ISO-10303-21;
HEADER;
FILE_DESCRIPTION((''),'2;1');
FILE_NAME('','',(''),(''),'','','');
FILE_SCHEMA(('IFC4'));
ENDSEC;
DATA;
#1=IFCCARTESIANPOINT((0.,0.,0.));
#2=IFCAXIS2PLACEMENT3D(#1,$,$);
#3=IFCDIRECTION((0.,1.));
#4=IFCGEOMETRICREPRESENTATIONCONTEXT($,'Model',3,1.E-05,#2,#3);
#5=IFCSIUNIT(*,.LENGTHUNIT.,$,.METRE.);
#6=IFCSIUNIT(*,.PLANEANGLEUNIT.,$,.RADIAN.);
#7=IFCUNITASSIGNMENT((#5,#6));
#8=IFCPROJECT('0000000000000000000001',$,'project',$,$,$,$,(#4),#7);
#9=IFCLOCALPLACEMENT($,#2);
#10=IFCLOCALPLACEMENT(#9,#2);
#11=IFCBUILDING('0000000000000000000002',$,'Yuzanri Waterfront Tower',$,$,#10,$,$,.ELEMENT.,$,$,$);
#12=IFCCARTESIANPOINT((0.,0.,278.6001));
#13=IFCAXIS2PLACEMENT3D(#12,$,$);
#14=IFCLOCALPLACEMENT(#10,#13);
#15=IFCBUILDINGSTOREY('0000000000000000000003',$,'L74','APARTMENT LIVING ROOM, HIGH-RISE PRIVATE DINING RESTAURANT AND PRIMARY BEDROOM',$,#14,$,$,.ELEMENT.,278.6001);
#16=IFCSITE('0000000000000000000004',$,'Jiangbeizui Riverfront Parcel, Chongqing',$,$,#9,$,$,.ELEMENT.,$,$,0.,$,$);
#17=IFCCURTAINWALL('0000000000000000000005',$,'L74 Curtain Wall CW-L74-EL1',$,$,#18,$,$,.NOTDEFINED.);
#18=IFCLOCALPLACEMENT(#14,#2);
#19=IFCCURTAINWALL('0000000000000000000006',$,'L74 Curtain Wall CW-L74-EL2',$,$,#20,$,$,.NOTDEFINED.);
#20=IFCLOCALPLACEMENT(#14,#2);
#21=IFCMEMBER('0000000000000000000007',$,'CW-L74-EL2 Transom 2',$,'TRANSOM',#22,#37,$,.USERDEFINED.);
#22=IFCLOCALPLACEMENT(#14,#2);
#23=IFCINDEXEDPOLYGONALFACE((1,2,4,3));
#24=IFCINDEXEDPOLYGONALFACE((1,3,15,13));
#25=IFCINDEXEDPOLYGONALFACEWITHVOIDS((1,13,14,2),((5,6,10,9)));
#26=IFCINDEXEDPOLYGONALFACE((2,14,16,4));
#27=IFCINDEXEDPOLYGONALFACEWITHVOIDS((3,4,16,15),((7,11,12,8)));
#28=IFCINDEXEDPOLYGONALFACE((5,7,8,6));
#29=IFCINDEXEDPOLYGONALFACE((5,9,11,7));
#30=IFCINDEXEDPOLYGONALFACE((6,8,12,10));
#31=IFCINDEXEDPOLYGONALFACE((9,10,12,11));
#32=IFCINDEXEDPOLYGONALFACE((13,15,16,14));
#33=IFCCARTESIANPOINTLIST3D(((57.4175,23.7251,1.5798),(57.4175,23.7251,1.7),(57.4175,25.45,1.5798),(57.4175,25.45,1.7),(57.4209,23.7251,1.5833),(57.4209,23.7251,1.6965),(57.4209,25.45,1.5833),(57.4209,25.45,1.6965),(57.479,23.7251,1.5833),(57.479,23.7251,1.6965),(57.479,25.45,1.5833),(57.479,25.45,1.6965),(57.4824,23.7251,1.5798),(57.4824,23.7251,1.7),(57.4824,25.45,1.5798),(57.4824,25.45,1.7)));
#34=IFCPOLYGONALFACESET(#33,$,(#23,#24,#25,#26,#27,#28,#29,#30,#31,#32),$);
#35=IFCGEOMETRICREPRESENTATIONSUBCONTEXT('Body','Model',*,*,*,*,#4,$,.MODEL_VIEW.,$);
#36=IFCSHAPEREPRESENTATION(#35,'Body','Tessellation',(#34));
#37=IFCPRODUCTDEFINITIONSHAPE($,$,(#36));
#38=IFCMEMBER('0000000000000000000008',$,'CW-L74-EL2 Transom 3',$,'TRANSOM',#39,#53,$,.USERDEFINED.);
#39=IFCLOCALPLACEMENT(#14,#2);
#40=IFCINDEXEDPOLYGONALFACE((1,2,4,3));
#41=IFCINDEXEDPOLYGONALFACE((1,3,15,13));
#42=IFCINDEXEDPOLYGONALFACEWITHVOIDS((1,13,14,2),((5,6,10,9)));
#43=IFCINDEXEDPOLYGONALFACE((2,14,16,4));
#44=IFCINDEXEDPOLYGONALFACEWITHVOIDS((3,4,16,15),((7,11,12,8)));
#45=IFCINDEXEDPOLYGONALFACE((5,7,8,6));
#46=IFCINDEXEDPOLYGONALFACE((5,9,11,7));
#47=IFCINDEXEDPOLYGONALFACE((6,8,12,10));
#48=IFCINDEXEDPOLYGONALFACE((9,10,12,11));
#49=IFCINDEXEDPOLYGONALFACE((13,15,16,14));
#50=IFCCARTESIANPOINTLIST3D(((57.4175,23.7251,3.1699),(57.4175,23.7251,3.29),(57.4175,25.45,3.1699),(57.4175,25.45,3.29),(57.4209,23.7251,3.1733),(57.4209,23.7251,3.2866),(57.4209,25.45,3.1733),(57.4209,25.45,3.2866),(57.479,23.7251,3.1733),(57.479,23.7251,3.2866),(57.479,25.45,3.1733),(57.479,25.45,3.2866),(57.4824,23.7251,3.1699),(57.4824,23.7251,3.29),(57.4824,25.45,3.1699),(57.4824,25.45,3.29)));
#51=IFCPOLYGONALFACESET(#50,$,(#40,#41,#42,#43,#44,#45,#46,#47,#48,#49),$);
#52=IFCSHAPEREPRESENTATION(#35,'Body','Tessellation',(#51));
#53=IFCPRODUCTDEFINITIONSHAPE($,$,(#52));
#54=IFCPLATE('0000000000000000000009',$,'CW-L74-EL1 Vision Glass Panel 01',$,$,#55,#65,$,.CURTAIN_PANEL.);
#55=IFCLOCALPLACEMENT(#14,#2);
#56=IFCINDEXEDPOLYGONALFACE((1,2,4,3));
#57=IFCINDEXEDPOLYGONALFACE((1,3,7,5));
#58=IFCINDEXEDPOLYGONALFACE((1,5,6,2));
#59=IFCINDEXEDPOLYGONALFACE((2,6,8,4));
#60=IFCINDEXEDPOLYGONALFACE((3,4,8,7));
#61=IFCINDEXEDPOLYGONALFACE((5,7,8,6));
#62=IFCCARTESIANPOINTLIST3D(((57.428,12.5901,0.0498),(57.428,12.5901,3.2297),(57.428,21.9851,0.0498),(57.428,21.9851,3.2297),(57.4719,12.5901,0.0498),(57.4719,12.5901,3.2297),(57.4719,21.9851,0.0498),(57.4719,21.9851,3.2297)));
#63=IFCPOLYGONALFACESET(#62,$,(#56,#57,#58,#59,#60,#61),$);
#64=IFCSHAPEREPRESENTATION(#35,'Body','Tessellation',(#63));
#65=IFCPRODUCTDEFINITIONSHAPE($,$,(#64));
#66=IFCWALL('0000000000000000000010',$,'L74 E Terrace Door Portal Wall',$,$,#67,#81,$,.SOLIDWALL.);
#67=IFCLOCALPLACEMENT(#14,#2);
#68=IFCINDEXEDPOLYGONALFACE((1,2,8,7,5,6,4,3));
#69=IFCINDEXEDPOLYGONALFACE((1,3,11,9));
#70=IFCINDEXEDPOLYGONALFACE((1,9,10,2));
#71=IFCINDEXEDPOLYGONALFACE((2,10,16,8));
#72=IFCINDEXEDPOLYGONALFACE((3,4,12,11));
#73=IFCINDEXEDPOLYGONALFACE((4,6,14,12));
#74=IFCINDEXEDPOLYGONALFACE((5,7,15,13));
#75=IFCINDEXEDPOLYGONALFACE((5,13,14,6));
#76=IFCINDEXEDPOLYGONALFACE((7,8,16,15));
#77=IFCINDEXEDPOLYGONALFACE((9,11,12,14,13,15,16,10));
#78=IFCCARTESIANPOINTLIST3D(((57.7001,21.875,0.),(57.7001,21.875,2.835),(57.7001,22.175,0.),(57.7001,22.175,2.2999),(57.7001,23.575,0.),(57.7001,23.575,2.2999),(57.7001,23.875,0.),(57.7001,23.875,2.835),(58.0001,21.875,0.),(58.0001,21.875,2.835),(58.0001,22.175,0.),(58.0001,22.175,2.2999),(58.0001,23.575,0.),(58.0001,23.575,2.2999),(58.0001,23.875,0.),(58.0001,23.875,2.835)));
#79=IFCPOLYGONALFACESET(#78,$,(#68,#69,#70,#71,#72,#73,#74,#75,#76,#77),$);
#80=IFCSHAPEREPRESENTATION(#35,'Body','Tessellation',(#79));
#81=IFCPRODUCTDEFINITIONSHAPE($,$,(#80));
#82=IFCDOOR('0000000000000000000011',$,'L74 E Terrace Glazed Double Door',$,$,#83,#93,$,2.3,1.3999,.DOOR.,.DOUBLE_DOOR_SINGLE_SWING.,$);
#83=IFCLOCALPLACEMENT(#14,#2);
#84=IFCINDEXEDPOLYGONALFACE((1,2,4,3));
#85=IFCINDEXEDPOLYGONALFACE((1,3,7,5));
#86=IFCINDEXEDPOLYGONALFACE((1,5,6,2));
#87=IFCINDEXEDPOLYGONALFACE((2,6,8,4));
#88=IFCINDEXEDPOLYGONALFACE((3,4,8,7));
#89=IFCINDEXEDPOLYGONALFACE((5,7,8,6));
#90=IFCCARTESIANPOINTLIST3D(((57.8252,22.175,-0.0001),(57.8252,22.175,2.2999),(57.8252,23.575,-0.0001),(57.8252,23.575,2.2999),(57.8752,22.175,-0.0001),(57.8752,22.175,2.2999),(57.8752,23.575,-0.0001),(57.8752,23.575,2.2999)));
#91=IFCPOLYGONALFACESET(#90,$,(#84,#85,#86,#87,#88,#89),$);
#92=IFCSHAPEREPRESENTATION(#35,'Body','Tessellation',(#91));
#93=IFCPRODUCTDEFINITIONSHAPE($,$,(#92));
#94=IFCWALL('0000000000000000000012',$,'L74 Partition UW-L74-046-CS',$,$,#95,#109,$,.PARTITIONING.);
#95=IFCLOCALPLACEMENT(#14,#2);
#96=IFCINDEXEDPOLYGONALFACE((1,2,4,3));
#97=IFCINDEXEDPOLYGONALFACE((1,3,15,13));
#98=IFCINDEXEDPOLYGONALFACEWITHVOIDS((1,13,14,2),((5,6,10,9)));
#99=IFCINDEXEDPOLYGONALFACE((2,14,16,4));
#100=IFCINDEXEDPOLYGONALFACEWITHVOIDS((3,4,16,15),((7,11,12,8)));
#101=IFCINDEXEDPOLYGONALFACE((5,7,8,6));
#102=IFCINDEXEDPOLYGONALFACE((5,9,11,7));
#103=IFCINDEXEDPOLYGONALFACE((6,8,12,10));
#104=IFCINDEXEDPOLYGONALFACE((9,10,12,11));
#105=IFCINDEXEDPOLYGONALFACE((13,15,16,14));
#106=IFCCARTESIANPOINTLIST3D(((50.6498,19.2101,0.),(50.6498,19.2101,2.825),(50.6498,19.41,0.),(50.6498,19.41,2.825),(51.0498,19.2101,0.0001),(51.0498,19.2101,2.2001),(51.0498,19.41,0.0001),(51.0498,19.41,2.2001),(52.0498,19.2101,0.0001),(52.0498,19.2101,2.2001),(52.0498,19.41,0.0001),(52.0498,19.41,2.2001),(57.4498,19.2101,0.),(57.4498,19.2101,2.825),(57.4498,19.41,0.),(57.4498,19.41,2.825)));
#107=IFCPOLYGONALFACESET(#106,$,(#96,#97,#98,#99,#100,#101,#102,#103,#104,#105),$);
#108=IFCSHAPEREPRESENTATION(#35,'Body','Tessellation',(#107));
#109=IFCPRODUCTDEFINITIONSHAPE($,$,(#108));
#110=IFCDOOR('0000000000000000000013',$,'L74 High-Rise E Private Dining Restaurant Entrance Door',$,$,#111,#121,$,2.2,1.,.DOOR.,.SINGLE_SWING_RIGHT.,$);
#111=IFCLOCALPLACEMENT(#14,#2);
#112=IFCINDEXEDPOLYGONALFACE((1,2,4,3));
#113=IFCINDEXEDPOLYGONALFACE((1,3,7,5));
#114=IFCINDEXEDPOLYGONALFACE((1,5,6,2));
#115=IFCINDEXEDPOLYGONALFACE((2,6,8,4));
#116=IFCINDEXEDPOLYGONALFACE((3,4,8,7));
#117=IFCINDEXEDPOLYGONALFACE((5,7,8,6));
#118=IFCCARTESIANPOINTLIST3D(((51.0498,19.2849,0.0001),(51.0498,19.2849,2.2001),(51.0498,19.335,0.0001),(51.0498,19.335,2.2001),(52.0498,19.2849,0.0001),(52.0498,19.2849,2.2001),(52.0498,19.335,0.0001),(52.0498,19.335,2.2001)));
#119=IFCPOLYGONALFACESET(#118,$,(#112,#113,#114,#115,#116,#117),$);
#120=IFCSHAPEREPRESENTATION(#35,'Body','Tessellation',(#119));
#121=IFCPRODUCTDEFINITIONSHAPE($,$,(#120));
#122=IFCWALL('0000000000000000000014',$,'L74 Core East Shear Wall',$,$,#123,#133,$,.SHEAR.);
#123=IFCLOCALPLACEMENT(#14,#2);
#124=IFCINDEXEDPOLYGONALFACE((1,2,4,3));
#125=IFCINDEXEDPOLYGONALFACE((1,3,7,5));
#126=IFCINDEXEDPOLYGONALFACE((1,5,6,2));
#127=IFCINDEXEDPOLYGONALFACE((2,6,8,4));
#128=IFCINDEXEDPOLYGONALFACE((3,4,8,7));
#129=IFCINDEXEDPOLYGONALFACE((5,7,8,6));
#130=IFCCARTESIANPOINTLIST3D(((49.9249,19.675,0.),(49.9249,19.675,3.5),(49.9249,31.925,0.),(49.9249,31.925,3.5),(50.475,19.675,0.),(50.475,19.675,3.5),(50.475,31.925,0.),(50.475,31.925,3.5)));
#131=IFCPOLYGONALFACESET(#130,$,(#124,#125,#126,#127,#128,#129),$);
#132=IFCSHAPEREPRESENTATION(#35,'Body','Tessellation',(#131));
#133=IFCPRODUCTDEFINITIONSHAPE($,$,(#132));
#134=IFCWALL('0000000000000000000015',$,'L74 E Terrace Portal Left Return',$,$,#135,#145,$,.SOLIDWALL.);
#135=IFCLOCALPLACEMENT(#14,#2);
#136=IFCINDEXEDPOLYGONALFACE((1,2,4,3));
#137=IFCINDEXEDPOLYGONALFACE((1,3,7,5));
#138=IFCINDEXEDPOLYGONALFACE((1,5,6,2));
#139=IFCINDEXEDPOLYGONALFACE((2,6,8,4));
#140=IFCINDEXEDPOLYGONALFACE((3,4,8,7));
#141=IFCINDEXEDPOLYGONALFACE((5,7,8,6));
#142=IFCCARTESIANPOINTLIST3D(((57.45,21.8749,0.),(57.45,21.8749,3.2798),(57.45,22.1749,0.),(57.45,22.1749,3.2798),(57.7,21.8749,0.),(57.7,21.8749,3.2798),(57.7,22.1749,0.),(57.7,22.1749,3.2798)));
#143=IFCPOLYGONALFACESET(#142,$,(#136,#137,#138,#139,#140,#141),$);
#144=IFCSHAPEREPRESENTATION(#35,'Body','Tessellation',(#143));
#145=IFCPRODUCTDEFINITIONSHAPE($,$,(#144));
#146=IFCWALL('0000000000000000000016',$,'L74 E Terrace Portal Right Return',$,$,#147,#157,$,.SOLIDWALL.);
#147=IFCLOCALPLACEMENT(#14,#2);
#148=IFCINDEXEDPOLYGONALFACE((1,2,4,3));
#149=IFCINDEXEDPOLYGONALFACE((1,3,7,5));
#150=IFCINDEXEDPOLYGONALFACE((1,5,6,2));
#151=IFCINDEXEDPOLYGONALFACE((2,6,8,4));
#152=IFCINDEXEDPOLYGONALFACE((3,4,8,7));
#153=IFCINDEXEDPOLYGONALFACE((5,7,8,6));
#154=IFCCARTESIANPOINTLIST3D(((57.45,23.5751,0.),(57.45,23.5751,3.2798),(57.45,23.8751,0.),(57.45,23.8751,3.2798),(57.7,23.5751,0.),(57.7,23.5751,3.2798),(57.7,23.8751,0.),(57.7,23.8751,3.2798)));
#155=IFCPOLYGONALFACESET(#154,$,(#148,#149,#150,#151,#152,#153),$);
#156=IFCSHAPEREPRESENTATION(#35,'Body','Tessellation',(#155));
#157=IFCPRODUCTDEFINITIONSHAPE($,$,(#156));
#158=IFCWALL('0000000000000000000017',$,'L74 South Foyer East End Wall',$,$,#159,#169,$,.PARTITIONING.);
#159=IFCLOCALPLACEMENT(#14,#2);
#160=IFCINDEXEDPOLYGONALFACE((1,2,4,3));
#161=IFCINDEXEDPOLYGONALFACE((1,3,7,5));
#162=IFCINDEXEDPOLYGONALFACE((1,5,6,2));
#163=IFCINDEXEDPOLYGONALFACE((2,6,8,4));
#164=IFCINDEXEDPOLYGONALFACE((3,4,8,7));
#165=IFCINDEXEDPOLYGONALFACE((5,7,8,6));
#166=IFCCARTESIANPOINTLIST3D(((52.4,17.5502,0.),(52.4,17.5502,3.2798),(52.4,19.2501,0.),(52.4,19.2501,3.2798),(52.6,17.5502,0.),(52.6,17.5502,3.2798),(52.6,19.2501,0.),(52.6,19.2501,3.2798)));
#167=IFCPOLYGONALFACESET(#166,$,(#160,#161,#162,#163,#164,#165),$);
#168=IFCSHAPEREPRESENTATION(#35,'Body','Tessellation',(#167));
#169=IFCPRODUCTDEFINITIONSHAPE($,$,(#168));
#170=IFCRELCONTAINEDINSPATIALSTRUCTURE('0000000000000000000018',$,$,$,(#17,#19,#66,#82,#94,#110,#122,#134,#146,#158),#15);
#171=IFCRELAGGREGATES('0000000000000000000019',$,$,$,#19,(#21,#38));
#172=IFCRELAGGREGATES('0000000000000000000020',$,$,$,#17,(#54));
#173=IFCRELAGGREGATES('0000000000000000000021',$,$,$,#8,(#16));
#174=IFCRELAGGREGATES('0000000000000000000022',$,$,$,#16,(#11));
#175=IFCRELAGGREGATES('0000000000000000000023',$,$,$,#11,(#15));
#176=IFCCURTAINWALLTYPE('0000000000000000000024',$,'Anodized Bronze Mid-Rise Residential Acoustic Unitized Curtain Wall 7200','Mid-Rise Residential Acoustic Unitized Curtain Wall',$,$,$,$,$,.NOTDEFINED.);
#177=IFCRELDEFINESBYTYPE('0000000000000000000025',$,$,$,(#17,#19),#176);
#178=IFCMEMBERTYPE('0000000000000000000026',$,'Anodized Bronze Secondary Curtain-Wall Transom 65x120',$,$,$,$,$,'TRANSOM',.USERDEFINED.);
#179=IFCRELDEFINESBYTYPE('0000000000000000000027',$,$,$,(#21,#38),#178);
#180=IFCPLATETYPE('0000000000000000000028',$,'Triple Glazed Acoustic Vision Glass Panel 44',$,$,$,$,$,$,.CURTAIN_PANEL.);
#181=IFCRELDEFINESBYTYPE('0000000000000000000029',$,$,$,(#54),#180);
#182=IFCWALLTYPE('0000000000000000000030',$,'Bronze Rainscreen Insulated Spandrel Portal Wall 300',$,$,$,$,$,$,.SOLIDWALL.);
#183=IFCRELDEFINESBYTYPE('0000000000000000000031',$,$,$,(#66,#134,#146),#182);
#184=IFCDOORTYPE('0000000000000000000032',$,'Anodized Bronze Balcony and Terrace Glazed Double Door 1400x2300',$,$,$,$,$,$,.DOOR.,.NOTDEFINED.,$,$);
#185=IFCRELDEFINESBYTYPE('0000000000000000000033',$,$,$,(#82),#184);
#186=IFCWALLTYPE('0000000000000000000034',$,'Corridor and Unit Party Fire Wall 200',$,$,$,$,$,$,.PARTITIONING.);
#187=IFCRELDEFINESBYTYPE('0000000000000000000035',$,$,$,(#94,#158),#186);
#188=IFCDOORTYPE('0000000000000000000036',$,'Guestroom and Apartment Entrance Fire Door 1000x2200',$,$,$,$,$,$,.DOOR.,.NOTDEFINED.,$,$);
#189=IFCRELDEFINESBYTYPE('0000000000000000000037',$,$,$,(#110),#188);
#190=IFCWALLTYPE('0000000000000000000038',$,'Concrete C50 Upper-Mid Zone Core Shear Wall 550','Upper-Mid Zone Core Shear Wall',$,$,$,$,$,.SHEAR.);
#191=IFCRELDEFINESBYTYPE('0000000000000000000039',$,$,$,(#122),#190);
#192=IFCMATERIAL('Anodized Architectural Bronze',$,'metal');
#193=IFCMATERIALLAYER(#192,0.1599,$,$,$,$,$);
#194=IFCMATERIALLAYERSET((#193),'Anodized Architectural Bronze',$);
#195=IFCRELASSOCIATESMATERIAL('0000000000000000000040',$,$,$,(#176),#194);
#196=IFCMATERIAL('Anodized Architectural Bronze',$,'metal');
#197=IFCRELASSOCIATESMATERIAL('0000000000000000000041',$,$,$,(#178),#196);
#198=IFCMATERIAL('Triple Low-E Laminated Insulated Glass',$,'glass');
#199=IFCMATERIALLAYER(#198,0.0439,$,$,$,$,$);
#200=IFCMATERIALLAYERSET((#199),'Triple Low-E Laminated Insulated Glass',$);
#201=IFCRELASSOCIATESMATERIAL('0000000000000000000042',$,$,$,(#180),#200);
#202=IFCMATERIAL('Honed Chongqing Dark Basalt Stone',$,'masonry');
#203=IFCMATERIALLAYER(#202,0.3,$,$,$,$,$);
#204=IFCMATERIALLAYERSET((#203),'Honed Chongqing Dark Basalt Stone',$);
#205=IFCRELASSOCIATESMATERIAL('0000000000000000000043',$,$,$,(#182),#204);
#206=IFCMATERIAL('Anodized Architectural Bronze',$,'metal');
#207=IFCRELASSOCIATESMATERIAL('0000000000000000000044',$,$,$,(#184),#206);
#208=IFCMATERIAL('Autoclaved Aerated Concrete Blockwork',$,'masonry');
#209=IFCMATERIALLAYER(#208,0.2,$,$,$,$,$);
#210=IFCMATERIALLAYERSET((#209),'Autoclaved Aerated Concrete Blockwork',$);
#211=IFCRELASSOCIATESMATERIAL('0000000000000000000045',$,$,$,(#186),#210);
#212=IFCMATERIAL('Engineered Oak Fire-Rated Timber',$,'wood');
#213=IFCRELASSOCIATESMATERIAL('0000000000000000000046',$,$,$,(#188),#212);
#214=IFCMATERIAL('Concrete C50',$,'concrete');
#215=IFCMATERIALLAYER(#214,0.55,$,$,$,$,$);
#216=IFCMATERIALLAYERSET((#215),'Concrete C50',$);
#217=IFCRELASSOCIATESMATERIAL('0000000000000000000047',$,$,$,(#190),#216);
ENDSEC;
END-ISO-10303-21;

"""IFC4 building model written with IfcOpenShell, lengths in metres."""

from ifc_helpers import new_model, si_unit, direction, frame, frame_2d, origin, origin_2d, place, context, subcontext, project, spatial, rectangle, hollow_rectangle, extrude, source, transform, mapped, material, layer, layer_set, material_profile, profile_set, type_object, element, fill, aggregate, save


model = new_model("IFC4")

# Units and contexts
model_context = context("Model", 3, precision=1e-05, world=origin(), true_north=direction((0.0, 1.0)))
body_context = subcontext(model_context, "Body", "Model", "MODEL_VIEW")
ifc_project = project(units=[si_unit("LENGTHUNIT", "METRE"), si_unit("PLANEANGLEUNIT", "RADIAN")], contexts=[model_context])

# Site, building, storey
site_placement = place(None, origin())
site = spatial("IfcSite", under=ifc_project, at=site_placement, Name="Jiangbeizui Riverfront Parcel, Chongqing", CompositionType="ELEMENT", RefElevation=0.0)
building_placement = place(site_placement, origin())
building = spatial("IfcBuilding", under=site, at=building_placement, Name="Yuzanri Waterfront Tower", CompositionType="ELEMENT")
storey_placement = place(building_placement, frame((0.0, 0.0, 278.6001)))
storey = spatial("IfcBuildingStorey", under=building, at=storey_placement, Name="L74", Description="APARTMENT LIVING ROOM, HIGH-RISE PRIVATE DINING RESTAURANT AND PRIMARY BEDROOM", CompositionType="ELEMENT", Elevation=278.6001)

# Curtain walls, members
ifc_material_1 = material(Name="Anodized Architectural Bronze", Category="metal")
ifc_layer_1 = layer(ifc_material_1, 0.1599)
ifc_layer_set_1 = layer_set([ifc_layer_1], Name="Anodized Architectural Bronze")
curtain_wall_type = type_object("IfcCurtainWallType", Name="Anodized Bronze Mid-Rise Residential Acoustic Unitized Curtain Wall 7200", Description="Mid-Rise Residential Acoustic Unitized Curtain Wall", PredefinedType="NOTDEFINED", material=ifc_layer_set_1)
curtain_wall_1_placement = place(storey_placement, origin())
curtain_wall_1 = element("IfcCurtainWall", 1, at=curtain_wall_1_placement, inside=storey, type_object=curtain_wall_type, Name="L74 Curtain Wall CW-L74-EL1", PredefinedType="NOTDEFINED")
curtain_wall_2_placement = place(storey_placement, origin())
curtain_wall_2 = element("IfcCurtainWall", 2, at=curtain_wall_2_placement, inside=storey, type_object=curtain_wall_type, Name="L74 Curtain Wall CW-L74-EL2", PredefinedType="NOTDEFINED")
ifc_material_2 = material(Name="Anodized Architectural Bronze", Category="metal")
ifc_material_profile_1 = material_profile(ifc_material_2, hollow_rectangle(XDim=0.0649, YDim=0.1201, WallThickness=0.0034, at=origin_2d()), Name="CWT 65x120")
ifc_profile_set_1 = profile_set([ifc_material_profile_1], Name="Anodized Architectural Bronze")
member_type_1 = type_object("IfcMemberType", Name="Anodized Bronze Secondary Curtain-Wall Transom 65x120", ElementType="TRANSOM", PredefinedType="USERDEFINED", material=ifc_profile_set_1)
shared_shape_1 = source(origin(), body_context, "Body", "SweptSolid", [
    extrude(hollow_rectangle(XDim=0.0649, YDim=0.1201, WallThickness=0.0034, at=origin_2d()), origin(), (0.0, 0.0, 1.0), 1.7249),
])
member_1_placement = place(storey_placement, frame((57.45, 23.7251, 1.6399), z_axis=(0.0, 1.0, 0.0), x_axis=(-1.0, 0.0, 0.0)))
member_1 = element("IfcMember", 3, at=member_1_placement, type_object=member_type_1, Name="CW-L74-EL2 Transom 2", ObjectType="TRANSOM", PredefinedType="USERDEFINED", context=body_context, shape_type="MappedRepresentation", body=[
    mapped(shared_shape_1, transform((0.0, 0.0, 0.0), scale=1.0)),
])
member_2_placement = place(storey_placement, frame((57.45, 23.7251, 3.23), z_axis=(0.0, 1.0, 0.0), x_axis=(-1.0, 0.0, 0.0)))
member_2 = element("IfcMember", 4, at=member_2_placement, type_object=member_type_1, Name="CW-L74-EL2 Transom 3", ObjectType="TRANSOM", PredefinedType="USERDEFINED", context=body_context, shape_type="MappedRepresentation", body=[
    mapped(shared_shape_1, transform((0.0, 0.0, 0.0), scale=1.0)),
])
aggregate(curtain_wall_2, [member_1, member_2])

# Plate
ifc_material_3 = material(Name="Triple Low-E Laminated Insulated Glass", Category="glass")
ifc_layer_2 = layer(ifc_material_3, 0.0439)
ifc_layer_set_2 = layer_set([ifc_layer_2], Name="Triple Low-E Laminated Insulated Glass")
plate_type = type_object("IfcPlateType", Name="Triple Glazed Acoustic Vision Glass Panel 44", PredefinedType="CURTAIN_PANEL", material=ifc_layer_set_2)
shared_shape_2 = source(origin(), body_context, "Body", "SweptSolid", [
    extrude(rectangle(XDim=9.395, YDim=0.0439, at=origin_2d()), origin(), (0.0, 0.0, 1.0), 3.1799),
])
plate_placement = place(storey_placement, frame((57.45, 17.2876, 0.0498), z_axis=(0.0, 0.0, 1.0), x_axis=(0.0, 1.0, 0.0)))
plate = element("IfcPlate", 5, at=plate_placement, type_object=plate_type, Name="CW-L74-EL1 Vision Glass Panel 01", PredefinedType="CURTAIN_PANEL", context=body_context, shape_type="MappedRepresentation", body=[
    mapped(shared_shape_2, transform((0.0, 0.0, 0.0), scale=1.0)),
])
aggregate(curtain_wall_1, [plate])

# Walls, openings, doors
ifc_material_4 = material(Name="Honed Chongqing Dark Basalt Stone", Category="masonry")
ifc_layer_3 = layer(ifc_material_4, 0.3)
ifc_layer_set_3 = layer_set([ifc_layer_3], Name="Honed Chongqing Dark Basalt Stone")
wall_type_1 = type_object("IfcWallType", Name="Bronze Rainscreen Insulated Spandrel Portal Wall 300", PredefinedType="SOLIDWALL", material=ifc_layer_set_3)
wall_1_placement = place(storey_placement, frame((57.8501, 21.875, 0.0), z_axis=(0.0, 0.0, 1.0), x_axis=(0.0, 1.0, 0.0)))
wall_1 = element("IfcWall", 6, at=wall_1_placement, inside=storey, type_object=wall_type_1, Name="L74 E Terrace Door Portal Wall", PredefinedType="SOLIDWALL", context=body_context, shape_type="SweptSolid", body=[
    extrude(rectangle(XDim=2.0, YDim=0.3, at=frame_2d((1.0, 0.0))), origin(), (0.0, 0.0, 1.0), 2.835),
])
opening_1_placement = place(wall_1_placement, frame((0.3, 0.0, 0.0)))
opening_1 = element("IfcOpeningElement", 7, at=opening_1_placement, cuts=wall_1, PredefinedType="OPENING", context=body_context, shape_type="SweptSolid", body=[
    extrude(rectangle(XDim=1.3999, YDim=2.3, at=frame_2d((0.7, 1.1499))), frame((0.0, 0.165, 0.0), z_axis=(0.0, -1.0, 0.0), x_axis=(1.0, 0.0, 0.0)), (0.0, 0.0, 1.0), 0.3298),
])
ifc_material_5 = material(Name="Anodized Architectural Bronze", Category="metal")
door_type_1 = type_object("IfcDoorType", Name="Anodized Bronze Balcony and Terrace Glazed Double Door 1400x2300", OperationType="NOTDEFINED", PredefinedType="DOOR", material=ifc_material_5)
shared_shape_3 = source(origin(), body_context, "Body", "SweptSolid", [
    extrude(rectangle(XDim=1.3999, YDim=2.3, at=frame_2d((0.7, 1.1499))), frame((0.0, 0.0249, 0.0), z_axis=(0.0, -1.0, 0.0), x_axis=(1.0, 0.0, 0.0)), (0.0, 0.0, 1.0), 0.05),
])
door_1_placement = place(opening_1_placement, origin())
door_1 = element("IfcDoor", 8, at=door_1_placement, inside=storey, type_object=door_type_1, Name="L74 E Terrace Glazed Double Door", OperationType="DOUBLE_DOOR_SINGLE_SWING", OverallHeight=2.3, OverallWidth=1.3999, PredefinedType="DOOR", context=body_context, shape_type="MappedRepresentation", body=[
    mapped(shared_shape_3, transform((0.0, 0.0, 0.0), scale=1.0)),
])
fill(opening_1, door_1)
ifc_material_6 = material(Name="Autoclaved Aerated Concrete Blockwork", Category="masonry")
ifc_layer_4 = layer(ifc_material_6, 0.2)
ifc_layer_set_4 = layer_set([ifc_layer_4], Name="Autoclaved Aerated Concrete Blockwork")
wall_type_2 = type_object("IfcWallType", Name="Corridor and Unit Party Fire Wall 200", PredefinedType="PARTITIONING", material=ifc_layer_set_4)
wall_2_placement = place(storey_placement, frame((50.6499, 19.3101, 0.0), z_axis=(0.0, 0.0, 1.0), x_axis=(1.0, 0.0, 0.0)))
wall_2 = element("IfcWall", 9, at=wall_2_placement, inside=storey, type_object=wall_type_2, Name="L74 Partition UW-L74-046-CS", PredefinedType="PARTITIONING", context=body_context, shape_type="SweptSolid", body=[
    extrude(rectangle(XDim=6.8, YDim=0.2, at=frame_2d((3.3999, 0.0))), origin(), (0.0, 0.0, 1.0), 2.825),
])
opening_2_placement = place(wall_2_placement, frame((0.3999, 0.0, 0.0)))
opening_2 = element("IfcOpeningElement", 10, at=opening_2_placement, cuts=wall_2, PredefinedType="OPENING", context=body_context, shape_type="SweptSolid", body=[
    extrude(rectangle(XDim=1.0, YDim=2.2, at=frame_2d((0.5, 1.1001))), frame((0.0, 0.1147, 0.0), z_axis=(0.0, -1.0, 0.0), x_axis=(1.0, 0.0, 0.0)), (0.0, 0.0, 1.0), 0.2297),
])
ifc_material_7 = material(Name="Engineered Oak Fire-Rated Timber", Category="wood")
door_type_2 = type_object("IfcDoorType", Name="Guestroom and Apartment Entrance Fire Door 1000x2200", OperationType="NOTDEFINED", PredefinedType="DOOR", material=ifc_material_7)
shared_shape_4 = source(origin(), body_context, "Body", "SweptSolid", [
    extrude(rectangle(XDim=1.0, YDim=2.2, at=frame_2d((0.5, 1.1001))), frame((0.0, 0.0249, 0.0), z_axis=(0.0, -1.0, 0.0), x_axis=(1.0, 0.0, 0.0)), (0.0, 0.0, 1.0), 0.05),
])
door_2_placement = place(opening_2_placement, origin())
door_2 = element("IfcDoor", 11, at=door_2_placement, inside=storey, type_object=door_type_2, Name="L74 High-Rise E Private Dining Restaurant Entrance Door", OperationType="SINGLE_SWING_RIGHT", OverallHeight=2.2, OverallWidth=1.0, PredefinedType="DOOR", context=body_context, shape_type="MappedRepresentation", body=[
    mapped(shared_shape_4, transform((0.0, 0.0, 0.0), scale=1.0)),
])
fill(opening_2, door_2)

# Walls
ifc_material_8 = material(Name="Concrete C50", Category="concrete")
ifc_layer_5 = layer(ifc_material_8, 0.55)
ifc_layer_set_5 = layer_set([ifc_layer_5], Name="Concrete C50")
wall_type_3 = type_object("IfcWallType", Name="Concrete C50 Upper-Mid Zone Core Shear Wall 550", Description="Upper-Mid Zone Core Shear Wall", PredefinedType="SHEAR", material=ifc_layer_set_5)
shared_shape_5 = source(origin(), body_context, "Body", "SweptSolid", [
    extrude(rectangle(XDim=12.25, YDim=0.55, at=frame_2d((6.125, 0.0))), origin(), (0.0, 0.0, 1.0), 3.5),
])
wall_3_placement = place(storey_placement, frame((50.2, 19.675, 0.0), z_axis=(0.0, 0.0, 1.0), x_axis=(0.0, 1.0, 0.0)))
element("IfcWall", 12, at=wall_3_placement, inside=storey, type_object=wall_type_3, Name="L74 Core East Shear Wall", PredefinedType="SHEAR", context=body_context, shape_type="MappedRepresentation", body=[
    mapped(shared_shape_5, transform((0.0, 0.0, 0.0), scale=1.0)),
])
shared_shape_6 = source(origin(), body_context, "Body", "SweptSolid", [
    extrude(rectangle(XDim=0.25, YDim=0.3, at=frame_2d((0.125, 0.0))), origin(), (0.0, 0.0, 1.0), 3.2798),
])
for number, where, z_axis, x_axis, name in (
    (13, (57.45, 22.0249, 0.0), (0.0, 0.0, 1.0), (1.0, 0.0, 0.0), "L74 E Terrace Portal Left Return"),
    (14, (57.7, 23.7251, 0.0), (0.0, 0.0, 1.0), (-1.0, 0.0, 0.0), "L74 E Terrace Portal Right Return"),
):
    element("IfcWall", number, at=place(storey_placement, frame(where, z_axis=z_axis, x_axis=x_axis)), inside=storey, type_object=wall_type_1, Name=name, PredefinedType="SOLIDWALL", context=body_context, shape_type="MappedRepresentation", body=[
        mapped(shared_shape_6, transform((0.0, 0.0, 0.0), scale=1.0)),
    ])
shared_shape_7 = source(origin(), body_context, "Body", "SweptSolid", [
    extrude(rectangle(XDim=1.7, YDim=0.2, at=frame_2d((0.8501, 0.0))), origin(), (0.0, 0.0, 1.0), 3.2798),
])
wall_4_placement = place(storey_placement, frame((52.5, 17.55, 0.0), z_axis=(0.0, 0.0, 1.0), x_axis=(0.0, 1.0, 0.0)))
element("IfcWall", 15, at=wall_4_placement, inside=storey, type_object=wall_type_2, Name="L74 South Foyer East End Wall", PredefinedType="PARTITIONING", context=body_context, shape_type="MappedRepresentation", body=[
    mapped(shared_shape_7, transform((0.0, 0.0, 0.0), scale=1.0)),
])

save(model, "model.ifc")
